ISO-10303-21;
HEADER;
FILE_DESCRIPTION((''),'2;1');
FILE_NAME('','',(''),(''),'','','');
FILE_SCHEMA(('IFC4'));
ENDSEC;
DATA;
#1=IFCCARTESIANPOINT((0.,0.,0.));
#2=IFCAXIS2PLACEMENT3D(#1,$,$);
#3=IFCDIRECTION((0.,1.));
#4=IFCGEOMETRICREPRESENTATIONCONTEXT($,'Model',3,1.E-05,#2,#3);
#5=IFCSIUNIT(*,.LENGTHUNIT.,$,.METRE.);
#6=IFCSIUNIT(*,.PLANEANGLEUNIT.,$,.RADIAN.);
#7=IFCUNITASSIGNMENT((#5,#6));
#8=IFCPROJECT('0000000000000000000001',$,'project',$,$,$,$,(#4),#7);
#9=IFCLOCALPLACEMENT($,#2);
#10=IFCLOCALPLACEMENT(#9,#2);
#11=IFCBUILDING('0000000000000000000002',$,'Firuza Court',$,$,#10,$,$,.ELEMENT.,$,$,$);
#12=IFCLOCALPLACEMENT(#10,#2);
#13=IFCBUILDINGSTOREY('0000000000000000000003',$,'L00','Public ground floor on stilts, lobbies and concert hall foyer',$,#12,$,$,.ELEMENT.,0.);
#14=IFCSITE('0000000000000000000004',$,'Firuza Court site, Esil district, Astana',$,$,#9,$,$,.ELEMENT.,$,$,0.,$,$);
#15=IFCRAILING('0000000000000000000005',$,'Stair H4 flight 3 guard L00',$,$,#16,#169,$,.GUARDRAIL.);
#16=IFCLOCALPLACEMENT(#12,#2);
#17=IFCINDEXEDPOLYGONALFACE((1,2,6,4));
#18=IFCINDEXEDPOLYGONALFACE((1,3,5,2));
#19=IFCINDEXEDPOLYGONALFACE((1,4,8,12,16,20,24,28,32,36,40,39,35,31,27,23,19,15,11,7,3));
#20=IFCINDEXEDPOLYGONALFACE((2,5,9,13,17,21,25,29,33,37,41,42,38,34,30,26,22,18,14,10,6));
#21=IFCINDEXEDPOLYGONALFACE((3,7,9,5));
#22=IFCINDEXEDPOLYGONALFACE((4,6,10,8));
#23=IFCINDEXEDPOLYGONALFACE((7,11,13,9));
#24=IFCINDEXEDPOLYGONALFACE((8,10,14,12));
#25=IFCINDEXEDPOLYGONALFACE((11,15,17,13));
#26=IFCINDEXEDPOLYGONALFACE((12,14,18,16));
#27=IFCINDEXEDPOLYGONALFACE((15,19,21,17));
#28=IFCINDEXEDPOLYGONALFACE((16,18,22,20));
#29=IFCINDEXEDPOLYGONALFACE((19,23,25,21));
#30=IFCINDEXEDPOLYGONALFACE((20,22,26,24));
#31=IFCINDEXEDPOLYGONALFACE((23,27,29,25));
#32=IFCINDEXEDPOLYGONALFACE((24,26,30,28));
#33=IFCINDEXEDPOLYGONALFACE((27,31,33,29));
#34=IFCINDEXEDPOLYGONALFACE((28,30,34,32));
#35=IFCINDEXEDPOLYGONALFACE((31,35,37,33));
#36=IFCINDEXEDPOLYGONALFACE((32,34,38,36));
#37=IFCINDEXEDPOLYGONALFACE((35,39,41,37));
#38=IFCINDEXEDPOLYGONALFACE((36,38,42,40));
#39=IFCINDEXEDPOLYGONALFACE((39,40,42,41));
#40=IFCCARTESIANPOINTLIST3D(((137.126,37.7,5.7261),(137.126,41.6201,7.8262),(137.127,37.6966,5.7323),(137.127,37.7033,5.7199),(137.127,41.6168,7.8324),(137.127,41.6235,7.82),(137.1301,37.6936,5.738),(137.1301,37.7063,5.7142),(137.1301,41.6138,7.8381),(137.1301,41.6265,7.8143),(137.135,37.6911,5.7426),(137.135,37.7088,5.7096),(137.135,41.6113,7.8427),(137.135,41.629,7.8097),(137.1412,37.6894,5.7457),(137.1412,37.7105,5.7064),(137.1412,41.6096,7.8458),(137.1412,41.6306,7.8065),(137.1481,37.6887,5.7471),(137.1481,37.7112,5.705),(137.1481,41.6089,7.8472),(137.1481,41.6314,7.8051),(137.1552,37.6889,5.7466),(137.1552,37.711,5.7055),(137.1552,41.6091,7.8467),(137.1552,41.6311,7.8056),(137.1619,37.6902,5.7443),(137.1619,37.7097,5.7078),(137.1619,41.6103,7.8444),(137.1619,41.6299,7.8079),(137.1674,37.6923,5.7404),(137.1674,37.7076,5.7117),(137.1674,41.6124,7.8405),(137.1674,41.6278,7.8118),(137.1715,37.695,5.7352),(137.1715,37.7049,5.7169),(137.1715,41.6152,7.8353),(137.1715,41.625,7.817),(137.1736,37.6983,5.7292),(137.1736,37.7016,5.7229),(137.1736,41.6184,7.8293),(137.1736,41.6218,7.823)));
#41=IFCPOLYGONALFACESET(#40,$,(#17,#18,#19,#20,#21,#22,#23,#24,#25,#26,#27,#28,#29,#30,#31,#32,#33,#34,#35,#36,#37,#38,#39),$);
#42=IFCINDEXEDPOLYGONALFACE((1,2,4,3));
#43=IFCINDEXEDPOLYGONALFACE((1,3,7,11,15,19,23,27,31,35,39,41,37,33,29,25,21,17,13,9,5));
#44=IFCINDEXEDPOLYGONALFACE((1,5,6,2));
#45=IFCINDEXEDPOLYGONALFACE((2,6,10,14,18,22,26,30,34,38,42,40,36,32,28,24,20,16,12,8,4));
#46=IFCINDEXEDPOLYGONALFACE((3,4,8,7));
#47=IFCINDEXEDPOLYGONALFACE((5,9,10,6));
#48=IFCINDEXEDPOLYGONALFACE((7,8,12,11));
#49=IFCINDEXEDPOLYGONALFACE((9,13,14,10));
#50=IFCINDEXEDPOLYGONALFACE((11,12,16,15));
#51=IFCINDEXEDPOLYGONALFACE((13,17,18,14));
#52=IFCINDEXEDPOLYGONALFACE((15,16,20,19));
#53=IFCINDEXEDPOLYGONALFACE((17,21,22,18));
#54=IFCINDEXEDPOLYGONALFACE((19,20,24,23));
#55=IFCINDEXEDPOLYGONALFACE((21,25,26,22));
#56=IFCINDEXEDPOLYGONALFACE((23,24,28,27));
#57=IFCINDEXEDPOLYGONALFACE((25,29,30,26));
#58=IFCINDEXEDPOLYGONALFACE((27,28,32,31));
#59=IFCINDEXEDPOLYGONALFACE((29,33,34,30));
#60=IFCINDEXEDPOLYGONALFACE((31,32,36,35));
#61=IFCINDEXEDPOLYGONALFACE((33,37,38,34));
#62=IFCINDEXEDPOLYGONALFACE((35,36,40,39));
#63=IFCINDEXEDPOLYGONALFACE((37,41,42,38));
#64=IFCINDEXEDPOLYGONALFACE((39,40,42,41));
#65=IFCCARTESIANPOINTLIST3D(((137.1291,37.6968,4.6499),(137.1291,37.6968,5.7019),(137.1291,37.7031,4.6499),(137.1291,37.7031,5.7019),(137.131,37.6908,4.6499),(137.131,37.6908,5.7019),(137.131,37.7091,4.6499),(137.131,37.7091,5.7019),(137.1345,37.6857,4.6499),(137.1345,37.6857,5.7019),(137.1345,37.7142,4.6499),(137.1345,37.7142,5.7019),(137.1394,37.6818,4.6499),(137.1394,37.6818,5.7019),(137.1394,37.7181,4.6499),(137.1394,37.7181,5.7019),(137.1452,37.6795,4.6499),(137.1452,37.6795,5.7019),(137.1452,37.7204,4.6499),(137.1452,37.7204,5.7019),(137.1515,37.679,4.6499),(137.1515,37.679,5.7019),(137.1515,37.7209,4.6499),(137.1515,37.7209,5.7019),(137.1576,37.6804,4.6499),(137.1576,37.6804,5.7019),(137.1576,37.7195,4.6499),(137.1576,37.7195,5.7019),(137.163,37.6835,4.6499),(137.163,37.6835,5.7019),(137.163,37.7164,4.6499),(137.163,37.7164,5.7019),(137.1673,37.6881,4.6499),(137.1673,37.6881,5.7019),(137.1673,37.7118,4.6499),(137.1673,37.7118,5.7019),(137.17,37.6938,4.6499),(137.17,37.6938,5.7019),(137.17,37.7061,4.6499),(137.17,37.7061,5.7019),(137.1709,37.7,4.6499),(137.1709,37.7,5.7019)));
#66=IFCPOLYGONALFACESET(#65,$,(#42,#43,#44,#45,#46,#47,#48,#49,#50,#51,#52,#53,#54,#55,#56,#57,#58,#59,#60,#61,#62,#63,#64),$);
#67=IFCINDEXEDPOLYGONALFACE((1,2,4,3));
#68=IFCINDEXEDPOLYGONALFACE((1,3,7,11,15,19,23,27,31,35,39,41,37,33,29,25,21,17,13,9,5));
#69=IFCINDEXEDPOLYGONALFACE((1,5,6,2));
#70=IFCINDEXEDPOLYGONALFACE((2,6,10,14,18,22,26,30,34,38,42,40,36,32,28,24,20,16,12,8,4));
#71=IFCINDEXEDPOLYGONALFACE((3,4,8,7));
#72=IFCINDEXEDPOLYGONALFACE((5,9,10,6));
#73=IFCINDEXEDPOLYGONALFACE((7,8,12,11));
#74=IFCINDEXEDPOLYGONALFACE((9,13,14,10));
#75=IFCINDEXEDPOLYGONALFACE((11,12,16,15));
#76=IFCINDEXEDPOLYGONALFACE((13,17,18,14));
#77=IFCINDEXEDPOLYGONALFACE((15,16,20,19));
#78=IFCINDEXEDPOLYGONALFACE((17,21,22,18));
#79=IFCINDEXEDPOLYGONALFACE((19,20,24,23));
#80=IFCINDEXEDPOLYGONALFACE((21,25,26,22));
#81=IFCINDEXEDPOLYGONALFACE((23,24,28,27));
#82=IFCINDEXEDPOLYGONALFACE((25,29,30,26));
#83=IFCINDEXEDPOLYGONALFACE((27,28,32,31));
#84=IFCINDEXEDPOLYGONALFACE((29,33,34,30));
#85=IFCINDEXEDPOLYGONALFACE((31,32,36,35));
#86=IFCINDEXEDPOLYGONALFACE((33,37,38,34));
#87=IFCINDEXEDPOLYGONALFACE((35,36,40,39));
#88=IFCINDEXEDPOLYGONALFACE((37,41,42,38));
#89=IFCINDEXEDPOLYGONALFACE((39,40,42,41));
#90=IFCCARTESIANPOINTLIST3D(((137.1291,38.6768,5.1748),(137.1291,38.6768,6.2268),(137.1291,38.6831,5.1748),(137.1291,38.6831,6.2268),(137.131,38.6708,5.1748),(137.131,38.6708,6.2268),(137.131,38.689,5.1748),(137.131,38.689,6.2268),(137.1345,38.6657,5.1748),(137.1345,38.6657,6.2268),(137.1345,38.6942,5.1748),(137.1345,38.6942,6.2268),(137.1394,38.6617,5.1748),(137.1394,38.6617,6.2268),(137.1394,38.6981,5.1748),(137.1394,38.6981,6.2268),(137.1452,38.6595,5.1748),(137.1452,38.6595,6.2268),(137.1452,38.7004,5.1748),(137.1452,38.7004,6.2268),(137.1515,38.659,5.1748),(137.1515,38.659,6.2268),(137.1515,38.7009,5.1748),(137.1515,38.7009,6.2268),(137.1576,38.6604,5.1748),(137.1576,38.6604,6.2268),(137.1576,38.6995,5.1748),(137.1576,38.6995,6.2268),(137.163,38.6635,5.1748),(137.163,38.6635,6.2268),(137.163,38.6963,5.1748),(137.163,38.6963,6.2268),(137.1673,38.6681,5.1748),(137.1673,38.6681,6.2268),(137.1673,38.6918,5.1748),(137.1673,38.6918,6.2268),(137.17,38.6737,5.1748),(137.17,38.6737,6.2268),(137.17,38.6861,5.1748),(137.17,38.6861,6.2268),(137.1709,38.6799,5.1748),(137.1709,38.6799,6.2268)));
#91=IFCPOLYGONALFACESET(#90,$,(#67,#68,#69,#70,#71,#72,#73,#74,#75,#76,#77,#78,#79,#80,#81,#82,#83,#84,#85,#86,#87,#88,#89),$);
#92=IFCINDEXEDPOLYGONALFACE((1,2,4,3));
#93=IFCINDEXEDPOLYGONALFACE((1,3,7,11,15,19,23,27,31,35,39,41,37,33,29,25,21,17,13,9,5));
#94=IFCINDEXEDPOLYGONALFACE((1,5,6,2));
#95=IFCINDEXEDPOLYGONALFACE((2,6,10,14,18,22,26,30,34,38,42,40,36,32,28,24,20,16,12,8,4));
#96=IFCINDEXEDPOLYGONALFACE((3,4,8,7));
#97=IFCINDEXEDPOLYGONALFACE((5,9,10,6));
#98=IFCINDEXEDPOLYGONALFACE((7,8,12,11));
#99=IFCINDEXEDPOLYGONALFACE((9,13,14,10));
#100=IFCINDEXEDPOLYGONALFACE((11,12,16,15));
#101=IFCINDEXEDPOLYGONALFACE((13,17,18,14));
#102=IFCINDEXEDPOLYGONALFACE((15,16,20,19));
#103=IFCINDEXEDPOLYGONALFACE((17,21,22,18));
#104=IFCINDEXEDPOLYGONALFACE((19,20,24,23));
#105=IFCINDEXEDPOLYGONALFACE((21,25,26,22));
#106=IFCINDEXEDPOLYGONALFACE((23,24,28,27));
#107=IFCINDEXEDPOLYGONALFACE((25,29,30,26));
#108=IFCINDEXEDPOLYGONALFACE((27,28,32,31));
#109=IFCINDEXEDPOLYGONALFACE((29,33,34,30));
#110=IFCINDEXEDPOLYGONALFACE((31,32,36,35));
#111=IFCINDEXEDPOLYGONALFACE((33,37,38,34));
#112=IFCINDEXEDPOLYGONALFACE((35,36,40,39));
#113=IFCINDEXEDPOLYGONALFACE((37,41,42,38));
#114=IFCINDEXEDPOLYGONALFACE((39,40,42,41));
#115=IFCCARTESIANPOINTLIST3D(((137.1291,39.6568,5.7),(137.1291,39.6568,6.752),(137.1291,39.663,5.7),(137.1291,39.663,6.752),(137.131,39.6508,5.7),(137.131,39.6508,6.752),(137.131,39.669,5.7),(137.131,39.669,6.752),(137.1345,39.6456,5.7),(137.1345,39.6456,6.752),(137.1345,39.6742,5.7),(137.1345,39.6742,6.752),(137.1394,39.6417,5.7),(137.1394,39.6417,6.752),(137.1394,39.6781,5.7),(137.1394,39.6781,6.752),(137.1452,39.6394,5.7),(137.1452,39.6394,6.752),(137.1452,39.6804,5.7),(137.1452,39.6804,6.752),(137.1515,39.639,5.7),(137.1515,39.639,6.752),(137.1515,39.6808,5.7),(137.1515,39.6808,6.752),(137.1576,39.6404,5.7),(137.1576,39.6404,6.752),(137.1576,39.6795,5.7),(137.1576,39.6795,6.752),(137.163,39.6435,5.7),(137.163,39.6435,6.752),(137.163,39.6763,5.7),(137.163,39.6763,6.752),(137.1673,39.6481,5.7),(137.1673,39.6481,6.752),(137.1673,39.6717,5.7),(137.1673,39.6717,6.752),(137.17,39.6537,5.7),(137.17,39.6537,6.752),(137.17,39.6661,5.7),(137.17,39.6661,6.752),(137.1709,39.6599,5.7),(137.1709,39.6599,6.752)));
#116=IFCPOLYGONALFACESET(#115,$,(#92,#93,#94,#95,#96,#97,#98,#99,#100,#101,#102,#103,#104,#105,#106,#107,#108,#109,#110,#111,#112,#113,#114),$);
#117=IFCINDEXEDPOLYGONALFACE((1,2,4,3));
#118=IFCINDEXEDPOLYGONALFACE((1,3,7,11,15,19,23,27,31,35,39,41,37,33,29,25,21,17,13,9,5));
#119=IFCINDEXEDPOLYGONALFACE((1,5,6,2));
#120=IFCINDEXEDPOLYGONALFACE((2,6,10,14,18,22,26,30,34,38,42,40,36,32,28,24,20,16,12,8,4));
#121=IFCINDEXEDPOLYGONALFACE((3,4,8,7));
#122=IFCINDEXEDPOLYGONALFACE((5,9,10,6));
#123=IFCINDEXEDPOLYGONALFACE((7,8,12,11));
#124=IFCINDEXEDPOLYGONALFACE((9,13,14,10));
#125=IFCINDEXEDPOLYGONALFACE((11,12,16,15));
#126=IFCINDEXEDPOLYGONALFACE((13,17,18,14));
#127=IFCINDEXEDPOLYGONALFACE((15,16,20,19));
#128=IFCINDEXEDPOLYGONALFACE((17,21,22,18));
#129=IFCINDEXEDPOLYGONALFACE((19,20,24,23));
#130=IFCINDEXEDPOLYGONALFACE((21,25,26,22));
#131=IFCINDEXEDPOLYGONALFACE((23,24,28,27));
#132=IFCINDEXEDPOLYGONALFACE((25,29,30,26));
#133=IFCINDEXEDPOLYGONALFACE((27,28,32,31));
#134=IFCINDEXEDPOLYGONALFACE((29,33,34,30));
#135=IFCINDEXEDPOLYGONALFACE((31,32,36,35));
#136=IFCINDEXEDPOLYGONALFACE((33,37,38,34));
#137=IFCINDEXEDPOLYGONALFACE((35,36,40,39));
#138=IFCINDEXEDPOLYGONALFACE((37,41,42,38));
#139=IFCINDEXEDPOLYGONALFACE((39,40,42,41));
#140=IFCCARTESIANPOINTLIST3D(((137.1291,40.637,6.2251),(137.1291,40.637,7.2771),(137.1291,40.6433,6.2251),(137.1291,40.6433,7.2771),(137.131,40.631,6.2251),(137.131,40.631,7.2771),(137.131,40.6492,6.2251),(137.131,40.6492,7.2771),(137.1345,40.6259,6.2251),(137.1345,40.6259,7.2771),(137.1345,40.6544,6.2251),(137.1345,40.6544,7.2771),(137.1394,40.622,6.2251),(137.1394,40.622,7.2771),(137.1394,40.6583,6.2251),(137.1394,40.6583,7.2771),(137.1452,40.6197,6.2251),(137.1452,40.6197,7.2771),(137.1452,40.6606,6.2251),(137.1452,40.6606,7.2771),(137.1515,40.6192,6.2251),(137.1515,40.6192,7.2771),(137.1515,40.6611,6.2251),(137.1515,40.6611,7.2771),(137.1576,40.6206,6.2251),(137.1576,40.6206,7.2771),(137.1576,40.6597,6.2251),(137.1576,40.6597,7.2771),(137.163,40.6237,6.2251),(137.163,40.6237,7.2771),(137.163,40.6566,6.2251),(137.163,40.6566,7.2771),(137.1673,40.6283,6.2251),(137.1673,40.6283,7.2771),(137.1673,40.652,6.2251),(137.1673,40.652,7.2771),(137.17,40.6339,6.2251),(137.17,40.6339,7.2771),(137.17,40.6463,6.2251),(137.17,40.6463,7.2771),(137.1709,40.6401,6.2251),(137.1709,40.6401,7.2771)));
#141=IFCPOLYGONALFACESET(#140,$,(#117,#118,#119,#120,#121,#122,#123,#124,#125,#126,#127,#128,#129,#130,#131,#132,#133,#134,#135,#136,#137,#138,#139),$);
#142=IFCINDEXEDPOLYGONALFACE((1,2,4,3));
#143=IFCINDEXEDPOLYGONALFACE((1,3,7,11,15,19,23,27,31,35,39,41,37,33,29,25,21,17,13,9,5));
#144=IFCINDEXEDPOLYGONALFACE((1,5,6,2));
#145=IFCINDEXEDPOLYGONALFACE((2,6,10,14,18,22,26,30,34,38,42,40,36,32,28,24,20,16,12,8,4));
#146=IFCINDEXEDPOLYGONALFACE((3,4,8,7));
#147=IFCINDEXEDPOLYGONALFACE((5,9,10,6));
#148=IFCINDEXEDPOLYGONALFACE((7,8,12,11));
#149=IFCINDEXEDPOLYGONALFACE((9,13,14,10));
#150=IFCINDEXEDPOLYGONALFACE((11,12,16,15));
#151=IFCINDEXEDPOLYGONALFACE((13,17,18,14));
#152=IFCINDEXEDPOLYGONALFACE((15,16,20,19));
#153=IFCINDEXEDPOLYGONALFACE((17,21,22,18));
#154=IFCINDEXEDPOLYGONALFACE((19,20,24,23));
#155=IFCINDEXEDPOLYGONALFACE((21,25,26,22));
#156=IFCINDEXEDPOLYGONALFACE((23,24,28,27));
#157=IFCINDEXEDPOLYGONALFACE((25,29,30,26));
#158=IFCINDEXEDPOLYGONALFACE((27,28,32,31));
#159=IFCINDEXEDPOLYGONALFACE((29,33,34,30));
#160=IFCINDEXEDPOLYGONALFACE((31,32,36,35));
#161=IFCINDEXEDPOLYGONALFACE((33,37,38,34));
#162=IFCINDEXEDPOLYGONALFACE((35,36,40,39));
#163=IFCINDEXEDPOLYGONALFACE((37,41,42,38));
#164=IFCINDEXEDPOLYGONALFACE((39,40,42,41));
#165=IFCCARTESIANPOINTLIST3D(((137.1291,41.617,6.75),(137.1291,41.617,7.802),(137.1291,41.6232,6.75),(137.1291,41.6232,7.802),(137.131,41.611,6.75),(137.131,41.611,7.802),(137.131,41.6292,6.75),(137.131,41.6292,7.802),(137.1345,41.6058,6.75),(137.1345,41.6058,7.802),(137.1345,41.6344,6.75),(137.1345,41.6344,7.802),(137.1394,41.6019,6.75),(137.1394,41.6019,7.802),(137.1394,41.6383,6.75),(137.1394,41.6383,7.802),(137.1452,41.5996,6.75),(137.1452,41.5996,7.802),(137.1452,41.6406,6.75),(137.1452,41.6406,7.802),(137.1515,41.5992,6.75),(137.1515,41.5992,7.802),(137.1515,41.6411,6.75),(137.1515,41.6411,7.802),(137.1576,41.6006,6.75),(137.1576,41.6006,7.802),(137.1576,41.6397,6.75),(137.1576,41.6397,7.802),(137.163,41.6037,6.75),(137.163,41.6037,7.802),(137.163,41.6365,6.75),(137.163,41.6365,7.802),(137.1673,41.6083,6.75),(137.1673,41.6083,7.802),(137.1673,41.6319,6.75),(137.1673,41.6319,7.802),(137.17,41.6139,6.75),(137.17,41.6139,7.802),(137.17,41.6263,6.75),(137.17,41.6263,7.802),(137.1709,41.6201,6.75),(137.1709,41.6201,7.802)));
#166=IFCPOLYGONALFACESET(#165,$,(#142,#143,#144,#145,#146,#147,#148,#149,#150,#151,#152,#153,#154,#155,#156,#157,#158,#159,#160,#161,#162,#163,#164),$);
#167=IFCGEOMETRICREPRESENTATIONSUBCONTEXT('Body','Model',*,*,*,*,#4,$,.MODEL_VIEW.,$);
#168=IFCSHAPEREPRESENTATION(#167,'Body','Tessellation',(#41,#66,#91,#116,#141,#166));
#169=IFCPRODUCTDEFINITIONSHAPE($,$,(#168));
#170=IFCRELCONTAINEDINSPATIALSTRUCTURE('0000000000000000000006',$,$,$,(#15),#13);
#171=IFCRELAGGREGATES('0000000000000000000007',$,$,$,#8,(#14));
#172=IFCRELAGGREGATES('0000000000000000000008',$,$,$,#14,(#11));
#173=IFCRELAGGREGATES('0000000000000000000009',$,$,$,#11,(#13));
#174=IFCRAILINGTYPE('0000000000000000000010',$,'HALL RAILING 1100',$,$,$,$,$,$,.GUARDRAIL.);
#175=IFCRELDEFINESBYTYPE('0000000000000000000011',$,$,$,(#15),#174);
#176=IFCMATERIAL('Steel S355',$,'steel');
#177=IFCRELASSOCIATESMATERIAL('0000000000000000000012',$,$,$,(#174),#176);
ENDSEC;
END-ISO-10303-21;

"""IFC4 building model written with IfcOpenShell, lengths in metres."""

from ifc_helpers import new_model, si_unit, direction, frame, origin, origin_2d, place, context, subcontext, project, spatial, circle, extrude, material, type_object, element, save


model = new_model("IFC4")

# Units and contexts
model_context = context("Model", 3, precision=1e-05, world=origin(), true_north=direction((0.0, 1.0)))
body_context = subcontext(model_context, "Body", "Model", "MODEL_VIEW")
ifc_project = project(units=[si_unit("LENGTHUNIT", "METRE"), si_unit("PLANEANGLEUNIT", "RADIAN")], contexts=[model_context])

# Site, building, storey
site_placement = place(None, origin())
site = spatial("IfcSite", under=ifc_project, at=site_placement, Name="Firuza Court site, Esil district, Astana", CompositionType="ELEMENT", RefElevation=0.0)
building_placement = place(site_placement, origin())
building = spatial("IfcBuilding", under=site, at=building_placement, Name="Firuza Court", CompositionType="ELEMENT")
storey_placement = place(building_placement, origin())
storey = spatial("IfcBuildingStorey", under=building, at=storey_placement, Name="L00", Description="Public ground floor on stilts, lobbies and concert hall foyer", CompositionType="ELEMENT", Elevation=0.0)

# Railing
ifc_material_1 = material(Name="Steel S355", Category="steel")
railing_type_1 = type_object("IfcRailingType", Name="HALL RAILING 1100", PredefinedType="GUARDRAIL", material=ifc_material_1)
railing_1_placement = place(storey_placement, frame((137.1499, 37.7, 4.6499)))
element("IfcRailing", 1, at=railing_1_placement, inside=storey, type_object=railing_type_1, Name="Stair H4 flight 3 guard L00", PredefinedType="GUARDRAIL", context=body_context, shape_type="SweptSolid", body=[
    extrude(circle(Radius=0.0239, at=origin_2d()), frame((0.0, 0.0, 1.0762), z_axis=(0.0, 0.881479, 0.472223), x_axis=(-1.0, 0.0, 0.0)), (0.0, 0.0, 1.0), 4.4473),
    extrude(circle(Radius=0.021, at=origin_2d()), origin(), (0.0, 0.0, 1.0), 1.052),
    extrude(circle(Radius=0.021, at=origin_2d()), frame((0.0, 0.98, 0.5249)), (0.0, 0.0, 1.0), 1.052),
    extrude(circle(Radius=0.021, at=origin_2d()), frame((0.0, 1.96, 1.05)), (0.0, 0.0, 1.0), 1.052),
    extrude(circle(Radius=0.021, at=origin_2d()), frame((0.0, 2.9402, 1.5752)), (0.0, 0.0, 1.0), 1.052),
    extrude(circle(Radius=0.021, at=origin_2d()), frame((0.0, 3.9202, 2.1001)), (0.0, 0.0, 1.0), 1.052),
])

save(model, "model.ifc")
